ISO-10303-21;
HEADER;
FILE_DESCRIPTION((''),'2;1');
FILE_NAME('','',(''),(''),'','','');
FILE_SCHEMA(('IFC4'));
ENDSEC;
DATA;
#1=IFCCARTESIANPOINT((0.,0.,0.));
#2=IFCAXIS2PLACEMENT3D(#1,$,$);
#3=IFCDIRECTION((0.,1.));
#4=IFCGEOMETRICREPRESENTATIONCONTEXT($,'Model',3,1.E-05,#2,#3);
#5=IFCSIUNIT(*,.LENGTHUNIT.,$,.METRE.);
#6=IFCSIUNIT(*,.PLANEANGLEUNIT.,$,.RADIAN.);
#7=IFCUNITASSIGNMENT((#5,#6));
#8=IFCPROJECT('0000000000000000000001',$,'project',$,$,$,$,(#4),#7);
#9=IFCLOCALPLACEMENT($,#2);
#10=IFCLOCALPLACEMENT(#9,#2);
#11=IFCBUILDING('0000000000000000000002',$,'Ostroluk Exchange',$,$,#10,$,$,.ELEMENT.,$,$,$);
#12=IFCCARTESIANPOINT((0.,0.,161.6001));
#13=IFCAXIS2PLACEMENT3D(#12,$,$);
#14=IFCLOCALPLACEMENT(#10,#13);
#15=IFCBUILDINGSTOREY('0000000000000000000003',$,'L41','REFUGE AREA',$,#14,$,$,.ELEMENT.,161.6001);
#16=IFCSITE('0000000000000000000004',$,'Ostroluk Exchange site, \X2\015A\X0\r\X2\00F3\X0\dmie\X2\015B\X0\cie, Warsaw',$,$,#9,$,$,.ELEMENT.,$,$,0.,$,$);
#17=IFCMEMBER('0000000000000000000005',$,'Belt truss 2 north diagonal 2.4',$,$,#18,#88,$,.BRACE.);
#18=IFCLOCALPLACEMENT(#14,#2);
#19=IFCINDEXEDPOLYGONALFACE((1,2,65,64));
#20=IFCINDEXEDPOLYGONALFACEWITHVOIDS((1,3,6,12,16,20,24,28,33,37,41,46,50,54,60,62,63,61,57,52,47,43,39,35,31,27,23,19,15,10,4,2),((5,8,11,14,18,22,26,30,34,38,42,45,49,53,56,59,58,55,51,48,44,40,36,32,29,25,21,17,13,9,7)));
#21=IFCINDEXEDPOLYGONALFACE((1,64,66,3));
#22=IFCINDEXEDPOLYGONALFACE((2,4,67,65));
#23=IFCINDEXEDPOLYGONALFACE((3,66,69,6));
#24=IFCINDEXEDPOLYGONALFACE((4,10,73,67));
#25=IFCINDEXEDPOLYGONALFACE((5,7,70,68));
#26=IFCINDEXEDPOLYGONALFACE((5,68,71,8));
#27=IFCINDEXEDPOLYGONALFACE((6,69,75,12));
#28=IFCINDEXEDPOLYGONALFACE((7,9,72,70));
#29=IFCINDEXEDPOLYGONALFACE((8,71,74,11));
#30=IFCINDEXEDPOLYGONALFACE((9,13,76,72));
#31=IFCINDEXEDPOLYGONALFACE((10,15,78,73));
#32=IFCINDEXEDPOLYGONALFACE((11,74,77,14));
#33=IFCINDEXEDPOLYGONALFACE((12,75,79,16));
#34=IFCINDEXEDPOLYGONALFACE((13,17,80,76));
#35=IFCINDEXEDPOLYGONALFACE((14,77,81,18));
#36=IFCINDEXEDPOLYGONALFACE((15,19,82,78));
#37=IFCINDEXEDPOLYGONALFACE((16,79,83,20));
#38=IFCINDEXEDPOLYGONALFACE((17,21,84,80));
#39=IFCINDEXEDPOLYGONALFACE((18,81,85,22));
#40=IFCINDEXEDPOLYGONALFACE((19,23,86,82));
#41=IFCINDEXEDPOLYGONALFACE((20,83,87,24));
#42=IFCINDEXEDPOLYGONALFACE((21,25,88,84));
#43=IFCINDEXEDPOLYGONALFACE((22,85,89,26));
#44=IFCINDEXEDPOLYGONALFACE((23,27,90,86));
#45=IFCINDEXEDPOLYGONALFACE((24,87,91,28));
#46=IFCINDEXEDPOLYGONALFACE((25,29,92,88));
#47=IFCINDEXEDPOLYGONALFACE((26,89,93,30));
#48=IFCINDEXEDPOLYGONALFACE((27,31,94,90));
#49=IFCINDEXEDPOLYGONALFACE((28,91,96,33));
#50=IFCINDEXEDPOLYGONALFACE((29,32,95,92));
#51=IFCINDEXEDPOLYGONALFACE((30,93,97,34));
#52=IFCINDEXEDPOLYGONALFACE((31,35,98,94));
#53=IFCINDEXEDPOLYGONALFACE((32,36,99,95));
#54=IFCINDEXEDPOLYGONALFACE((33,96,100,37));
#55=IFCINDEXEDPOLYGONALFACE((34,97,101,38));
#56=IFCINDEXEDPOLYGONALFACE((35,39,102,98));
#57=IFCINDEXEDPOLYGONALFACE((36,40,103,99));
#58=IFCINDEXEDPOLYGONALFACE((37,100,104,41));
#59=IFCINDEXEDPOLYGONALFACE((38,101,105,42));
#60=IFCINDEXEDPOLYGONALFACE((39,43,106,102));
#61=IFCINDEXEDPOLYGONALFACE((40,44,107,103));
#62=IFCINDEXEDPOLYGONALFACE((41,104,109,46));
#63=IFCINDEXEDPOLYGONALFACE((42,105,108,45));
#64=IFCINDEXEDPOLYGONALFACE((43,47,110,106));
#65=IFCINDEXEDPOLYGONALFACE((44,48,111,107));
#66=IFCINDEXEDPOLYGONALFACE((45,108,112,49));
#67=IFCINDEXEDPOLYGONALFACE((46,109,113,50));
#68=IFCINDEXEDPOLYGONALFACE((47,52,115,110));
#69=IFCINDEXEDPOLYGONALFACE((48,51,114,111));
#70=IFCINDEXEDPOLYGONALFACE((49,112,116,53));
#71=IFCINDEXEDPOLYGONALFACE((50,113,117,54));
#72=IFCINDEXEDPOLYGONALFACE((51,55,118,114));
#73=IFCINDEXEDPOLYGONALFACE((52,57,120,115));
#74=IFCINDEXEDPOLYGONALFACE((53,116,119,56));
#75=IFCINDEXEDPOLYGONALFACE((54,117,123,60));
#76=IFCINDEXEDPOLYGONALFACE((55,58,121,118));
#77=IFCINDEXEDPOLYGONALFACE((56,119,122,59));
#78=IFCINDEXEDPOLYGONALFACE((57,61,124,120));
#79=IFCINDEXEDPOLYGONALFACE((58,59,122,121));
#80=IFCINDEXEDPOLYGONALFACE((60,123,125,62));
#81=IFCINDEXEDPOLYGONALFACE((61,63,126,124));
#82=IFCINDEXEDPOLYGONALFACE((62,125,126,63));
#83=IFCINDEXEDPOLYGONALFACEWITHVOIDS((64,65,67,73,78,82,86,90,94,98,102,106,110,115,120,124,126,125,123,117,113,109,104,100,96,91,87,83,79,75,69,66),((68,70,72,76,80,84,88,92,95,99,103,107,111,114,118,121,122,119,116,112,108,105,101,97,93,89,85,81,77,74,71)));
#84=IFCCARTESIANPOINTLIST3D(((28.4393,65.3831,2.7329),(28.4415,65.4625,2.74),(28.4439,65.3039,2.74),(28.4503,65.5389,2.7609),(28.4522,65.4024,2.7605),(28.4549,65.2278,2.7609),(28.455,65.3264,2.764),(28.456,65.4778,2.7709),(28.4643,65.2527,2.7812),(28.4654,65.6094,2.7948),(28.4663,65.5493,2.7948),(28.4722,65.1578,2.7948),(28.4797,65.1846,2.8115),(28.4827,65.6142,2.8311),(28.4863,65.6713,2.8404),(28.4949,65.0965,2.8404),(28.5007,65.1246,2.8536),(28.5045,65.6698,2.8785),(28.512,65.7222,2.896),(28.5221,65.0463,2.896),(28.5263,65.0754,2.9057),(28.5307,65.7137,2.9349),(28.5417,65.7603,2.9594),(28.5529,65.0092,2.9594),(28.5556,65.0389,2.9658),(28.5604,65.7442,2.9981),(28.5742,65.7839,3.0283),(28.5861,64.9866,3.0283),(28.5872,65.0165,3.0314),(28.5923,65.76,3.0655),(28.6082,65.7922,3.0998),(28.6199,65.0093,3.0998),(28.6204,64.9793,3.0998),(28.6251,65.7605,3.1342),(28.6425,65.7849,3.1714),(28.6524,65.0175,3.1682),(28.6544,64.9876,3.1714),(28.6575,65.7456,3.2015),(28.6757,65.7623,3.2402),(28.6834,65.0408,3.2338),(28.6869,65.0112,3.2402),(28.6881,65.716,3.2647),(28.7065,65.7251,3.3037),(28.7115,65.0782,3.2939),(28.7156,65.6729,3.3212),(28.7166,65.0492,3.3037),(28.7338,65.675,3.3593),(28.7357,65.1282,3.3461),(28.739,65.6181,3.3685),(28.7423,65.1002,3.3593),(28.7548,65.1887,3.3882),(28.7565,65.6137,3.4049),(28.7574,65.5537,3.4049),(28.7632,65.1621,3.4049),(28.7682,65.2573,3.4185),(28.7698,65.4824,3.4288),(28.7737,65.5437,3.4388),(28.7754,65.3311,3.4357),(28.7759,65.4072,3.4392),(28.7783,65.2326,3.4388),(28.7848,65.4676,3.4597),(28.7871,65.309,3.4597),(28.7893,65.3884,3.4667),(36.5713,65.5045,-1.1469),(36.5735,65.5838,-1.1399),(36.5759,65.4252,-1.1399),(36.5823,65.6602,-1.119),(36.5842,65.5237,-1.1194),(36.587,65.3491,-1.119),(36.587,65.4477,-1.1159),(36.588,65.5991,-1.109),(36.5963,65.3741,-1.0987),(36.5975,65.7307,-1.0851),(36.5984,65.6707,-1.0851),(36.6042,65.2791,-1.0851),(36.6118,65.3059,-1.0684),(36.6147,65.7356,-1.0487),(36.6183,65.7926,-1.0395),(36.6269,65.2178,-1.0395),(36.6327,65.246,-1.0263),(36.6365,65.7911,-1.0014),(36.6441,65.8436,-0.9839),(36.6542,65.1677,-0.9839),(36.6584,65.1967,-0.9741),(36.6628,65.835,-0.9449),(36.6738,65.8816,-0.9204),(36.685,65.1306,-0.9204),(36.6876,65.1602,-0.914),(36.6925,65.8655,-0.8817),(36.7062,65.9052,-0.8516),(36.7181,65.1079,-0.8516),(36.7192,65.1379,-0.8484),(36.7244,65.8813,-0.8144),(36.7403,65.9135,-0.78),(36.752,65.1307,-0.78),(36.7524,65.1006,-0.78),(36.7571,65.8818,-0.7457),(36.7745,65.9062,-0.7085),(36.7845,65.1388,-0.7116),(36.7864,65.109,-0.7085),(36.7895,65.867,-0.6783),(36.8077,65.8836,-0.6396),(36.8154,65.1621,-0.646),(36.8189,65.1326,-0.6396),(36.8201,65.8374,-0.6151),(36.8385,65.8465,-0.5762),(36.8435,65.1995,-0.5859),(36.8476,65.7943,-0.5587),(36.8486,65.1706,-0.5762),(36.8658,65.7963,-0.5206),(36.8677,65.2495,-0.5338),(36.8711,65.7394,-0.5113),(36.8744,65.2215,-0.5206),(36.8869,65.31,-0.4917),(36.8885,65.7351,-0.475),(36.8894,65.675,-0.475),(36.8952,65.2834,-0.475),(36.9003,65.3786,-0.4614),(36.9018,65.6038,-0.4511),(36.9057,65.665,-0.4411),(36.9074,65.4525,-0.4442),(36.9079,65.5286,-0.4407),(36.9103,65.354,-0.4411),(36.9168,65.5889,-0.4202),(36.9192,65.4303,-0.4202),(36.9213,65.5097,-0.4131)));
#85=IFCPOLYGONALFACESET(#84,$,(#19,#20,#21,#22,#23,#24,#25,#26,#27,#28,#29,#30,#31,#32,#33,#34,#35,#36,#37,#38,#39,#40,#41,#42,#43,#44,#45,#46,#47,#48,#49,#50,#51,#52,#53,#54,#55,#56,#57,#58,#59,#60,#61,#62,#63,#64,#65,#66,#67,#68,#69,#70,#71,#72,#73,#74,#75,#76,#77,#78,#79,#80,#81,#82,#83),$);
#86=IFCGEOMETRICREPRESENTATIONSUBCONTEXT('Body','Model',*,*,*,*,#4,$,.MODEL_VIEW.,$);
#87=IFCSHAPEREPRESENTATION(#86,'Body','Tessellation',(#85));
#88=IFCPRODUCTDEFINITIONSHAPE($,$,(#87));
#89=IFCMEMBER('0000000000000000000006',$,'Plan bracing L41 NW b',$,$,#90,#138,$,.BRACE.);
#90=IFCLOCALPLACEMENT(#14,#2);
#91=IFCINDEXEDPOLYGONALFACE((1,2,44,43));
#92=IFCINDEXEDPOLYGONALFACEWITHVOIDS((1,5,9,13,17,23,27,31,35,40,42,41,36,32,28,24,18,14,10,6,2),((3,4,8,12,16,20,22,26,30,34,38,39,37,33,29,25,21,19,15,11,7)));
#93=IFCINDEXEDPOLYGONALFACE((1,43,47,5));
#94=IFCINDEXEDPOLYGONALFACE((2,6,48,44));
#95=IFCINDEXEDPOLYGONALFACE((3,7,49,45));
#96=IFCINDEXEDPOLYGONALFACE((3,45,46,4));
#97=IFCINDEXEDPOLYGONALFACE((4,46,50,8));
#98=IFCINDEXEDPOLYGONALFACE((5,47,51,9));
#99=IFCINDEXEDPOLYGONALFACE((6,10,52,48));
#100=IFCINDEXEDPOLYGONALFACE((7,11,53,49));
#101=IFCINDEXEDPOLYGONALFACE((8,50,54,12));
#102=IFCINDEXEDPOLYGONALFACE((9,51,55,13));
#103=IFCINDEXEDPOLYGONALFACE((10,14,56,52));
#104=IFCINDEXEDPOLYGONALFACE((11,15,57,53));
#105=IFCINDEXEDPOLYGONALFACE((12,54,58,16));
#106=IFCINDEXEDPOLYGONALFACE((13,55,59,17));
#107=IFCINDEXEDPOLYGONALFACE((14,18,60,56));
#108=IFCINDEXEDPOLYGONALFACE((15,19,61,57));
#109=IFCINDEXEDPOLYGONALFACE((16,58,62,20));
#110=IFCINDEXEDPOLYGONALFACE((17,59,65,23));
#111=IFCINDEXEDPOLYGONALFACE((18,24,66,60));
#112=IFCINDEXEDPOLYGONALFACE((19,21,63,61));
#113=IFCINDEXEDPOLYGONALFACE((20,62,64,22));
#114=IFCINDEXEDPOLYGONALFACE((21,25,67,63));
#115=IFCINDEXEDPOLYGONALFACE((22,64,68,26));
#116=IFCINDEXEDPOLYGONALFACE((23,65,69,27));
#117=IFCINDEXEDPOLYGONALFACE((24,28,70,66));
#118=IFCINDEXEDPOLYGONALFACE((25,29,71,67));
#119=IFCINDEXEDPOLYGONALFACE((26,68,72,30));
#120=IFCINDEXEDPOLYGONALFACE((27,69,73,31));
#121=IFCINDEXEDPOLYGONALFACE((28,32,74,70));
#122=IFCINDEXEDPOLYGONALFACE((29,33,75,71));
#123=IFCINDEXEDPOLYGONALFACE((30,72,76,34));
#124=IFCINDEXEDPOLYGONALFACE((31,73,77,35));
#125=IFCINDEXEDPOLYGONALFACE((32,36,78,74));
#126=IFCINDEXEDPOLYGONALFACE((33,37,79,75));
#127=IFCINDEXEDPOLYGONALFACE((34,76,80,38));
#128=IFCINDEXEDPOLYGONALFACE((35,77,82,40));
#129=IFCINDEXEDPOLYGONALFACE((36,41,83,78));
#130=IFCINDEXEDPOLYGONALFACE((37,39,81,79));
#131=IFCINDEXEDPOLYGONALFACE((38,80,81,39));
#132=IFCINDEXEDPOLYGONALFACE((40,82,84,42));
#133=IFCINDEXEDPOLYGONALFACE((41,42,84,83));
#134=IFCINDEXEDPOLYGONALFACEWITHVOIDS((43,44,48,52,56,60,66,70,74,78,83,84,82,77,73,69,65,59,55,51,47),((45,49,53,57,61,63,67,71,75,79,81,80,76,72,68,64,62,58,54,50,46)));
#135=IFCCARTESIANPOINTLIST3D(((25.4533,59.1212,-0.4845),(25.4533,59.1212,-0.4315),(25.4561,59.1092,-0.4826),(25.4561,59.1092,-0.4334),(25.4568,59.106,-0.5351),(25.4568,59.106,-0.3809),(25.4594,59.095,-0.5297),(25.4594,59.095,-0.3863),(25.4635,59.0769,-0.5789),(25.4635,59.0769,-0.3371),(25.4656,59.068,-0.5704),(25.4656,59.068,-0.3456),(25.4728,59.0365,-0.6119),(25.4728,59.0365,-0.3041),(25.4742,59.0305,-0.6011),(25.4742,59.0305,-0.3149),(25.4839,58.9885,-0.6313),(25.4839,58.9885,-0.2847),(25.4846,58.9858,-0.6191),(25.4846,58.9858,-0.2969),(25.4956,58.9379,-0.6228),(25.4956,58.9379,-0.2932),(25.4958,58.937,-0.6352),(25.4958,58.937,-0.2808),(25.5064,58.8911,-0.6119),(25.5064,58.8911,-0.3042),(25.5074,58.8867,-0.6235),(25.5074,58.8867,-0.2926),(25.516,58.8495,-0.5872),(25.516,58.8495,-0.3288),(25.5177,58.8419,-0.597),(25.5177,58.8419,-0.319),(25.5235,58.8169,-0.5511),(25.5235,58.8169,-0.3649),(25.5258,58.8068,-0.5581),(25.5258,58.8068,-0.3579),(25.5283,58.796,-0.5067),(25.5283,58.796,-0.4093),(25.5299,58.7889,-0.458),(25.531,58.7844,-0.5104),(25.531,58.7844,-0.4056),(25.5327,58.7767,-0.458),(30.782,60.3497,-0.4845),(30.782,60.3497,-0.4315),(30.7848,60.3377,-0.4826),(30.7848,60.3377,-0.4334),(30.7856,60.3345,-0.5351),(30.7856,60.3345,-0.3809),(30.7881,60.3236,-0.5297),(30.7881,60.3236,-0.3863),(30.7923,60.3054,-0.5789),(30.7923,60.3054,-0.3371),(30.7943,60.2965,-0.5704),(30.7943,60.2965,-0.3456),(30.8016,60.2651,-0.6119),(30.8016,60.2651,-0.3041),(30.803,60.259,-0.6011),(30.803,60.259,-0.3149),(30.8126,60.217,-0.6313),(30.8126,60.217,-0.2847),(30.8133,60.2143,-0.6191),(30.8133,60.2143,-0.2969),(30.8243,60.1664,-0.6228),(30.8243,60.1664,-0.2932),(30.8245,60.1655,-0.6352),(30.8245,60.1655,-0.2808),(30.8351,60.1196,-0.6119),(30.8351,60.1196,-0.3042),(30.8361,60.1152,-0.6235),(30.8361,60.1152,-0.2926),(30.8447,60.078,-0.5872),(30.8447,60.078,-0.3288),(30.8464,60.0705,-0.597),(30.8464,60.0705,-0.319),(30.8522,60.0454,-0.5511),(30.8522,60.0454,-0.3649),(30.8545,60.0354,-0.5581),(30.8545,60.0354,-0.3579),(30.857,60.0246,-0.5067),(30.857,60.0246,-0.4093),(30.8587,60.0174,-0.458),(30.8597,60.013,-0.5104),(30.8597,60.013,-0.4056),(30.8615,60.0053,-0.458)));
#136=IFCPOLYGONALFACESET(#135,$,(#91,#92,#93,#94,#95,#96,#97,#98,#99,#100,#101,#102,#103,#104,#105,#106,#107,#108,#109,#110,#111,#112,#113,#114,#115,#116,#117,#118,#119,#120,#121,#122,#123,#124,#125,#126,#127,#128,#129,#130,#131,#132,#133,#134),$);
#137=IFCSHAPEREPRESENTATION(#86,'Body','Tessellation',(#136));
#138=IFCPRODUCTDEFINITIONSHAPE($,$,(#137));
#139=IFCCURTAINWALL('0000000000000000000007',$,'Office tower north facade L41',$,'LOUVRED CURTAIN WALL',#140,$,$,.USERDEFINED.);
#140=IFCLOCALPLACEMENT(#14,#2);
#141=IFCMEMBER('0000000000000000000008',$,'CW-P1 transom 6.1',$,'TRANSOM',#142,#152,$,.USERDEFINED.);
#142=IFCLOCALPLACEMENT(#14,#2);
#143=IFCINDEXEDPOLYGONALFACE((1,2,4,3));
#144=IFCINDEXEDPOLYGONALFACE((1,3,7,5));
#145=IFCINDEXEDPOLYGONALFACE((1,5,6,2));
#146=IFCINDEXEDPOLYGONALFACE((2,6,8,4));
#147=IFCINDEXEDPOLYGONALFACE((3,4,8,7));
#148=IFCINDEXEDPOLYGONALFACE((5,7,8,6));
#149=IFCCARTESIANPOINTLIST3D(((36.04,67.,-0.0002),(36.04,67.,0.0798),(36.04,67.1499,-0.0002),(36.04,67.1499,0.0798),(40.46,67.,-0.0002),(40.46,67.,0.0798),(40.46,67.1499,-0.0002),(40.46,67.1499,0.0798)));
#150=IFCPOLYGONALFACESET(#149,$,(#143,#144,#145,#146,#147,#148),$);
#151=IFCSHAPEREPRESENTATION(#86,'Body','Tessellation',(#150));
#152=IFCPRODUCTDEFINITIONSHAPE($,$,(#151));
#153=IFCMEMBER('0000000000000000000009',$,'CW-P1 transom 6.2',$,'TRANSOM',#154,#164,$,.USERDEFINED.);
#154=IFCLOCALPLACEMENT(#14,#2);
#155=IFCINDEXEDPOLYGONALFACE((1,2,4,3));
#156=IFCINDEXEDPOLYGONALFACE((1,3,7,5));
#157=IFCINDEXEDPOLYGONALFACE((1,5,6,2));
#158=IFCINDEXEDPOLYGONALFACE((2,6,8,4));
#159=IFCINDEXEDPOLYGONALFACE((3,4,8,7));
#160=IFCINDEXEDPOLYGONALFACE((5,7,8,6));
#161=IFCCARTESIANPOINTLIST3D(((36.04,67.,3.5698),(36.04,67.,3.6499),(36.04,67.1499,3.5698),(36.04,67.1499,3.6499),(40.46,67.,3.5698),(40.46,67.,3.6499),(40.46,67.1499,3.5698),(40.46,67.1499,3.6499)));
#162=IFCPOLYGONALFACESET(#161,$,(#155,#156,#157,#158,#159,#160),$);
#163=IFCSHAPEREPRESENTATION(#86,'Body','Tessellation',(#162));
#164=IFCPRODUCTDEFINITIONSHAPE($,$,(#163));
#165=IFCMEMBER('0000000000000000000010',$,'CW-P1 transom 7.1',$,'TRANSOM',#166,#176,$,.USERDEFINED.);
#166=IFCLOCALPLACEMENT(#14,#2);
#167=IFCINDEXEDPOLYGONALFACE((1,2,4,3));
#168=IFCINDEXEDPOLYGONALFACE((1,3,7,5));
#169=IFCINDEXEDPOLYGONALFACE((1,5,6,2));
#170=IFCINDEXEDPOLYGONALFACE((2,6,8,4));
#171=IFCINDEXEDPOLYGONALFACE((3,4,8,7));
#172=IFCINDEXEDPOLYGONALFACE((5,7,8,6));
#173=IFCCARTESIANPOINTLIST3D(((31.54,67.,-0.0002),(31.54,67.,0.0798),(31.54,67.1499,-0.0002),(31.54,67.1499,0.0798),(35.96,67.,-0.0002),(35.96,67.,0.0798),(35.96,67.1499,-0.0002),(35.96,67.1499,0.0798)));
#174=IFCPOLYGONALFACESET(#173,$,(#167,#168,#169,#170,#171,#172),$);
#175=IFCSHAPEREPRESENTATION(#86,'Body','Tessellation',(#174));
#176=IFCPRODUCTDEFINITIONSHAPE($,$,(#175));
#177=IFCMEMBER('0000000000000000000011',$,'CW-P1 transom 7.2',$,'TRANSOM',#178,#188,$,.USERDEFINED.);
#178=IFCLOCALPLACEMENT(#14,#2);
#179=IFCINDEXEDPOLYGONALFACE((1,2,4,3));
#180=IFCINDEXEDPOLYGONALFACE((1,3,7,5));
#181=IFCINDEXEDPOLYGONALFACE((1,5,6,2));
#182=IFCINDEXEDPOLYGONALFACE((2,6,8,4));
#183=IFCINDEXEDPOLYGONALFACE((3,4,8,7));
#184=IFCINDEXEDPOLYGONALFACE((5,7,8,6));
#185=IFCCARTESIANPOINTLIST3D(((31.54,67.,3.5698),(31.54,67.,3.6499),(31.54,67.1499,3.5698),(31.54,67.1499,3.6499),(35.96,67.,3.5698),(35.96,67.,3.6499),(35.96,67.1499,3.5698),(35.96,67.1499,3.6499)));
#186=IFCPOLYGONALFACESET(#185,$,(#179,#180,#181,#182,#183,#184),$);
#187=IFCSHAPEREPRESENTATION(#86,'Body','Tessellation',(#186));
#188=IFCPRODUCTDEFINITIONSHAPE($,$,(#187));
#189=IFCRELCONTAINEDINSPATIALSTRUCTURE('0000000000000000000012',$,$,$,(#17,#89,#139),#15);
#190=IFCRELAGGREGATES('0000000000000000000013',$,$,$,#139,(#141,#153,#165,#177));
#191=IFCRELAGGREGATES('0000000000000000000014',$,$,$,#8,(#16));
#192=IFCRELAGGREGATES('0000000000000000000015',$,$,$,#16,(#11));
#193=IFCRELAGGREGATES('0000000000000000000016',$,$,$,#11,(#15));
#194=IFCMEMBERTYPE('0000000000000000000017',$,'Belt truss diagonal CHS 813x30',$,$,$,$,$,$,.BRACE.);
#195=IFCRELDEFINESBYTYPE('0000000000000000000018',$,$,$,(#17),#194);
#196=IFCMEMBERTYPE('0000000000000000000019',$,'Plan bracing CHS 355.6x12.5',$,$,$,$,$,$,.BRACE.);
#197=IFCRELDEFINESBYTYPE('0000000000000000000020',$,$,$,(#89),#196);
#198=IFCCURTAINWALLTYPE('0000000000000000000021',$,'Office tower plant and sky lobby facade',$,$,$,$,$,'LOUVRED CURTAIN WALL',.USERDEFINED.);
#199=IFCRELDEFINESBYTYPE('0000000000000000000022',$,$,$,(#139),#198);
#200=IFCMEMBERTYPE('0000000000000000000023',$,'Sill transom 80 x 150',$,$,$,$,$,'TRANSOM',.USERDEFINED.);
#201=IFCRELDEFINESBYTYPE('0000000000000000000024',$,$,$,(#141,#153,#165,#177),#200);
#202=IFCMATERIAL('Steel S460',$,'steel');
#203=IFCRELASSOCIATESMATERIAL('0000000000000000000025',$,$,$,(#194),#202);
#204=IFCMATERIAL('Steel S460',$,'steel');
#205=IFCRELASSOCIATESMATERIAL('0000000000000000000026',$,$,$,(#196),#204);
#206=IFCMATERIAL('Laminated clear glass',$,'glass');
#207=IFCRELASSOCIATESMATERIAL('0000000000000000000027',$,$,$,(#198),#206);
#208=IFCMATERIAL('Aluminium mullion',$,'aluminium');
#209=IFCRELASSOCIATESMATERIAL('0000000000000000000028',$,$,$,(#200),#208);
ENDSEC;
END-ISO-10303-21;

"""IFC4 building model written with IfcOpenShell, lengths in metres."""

from ifc_helpers import new_model, si_unit, direction, frame, origin, origin_2d, place, context, subcontext, project, spatial, rectangle, hollow_circle, extrude, material, material_profile, profile_set, type_object, element, aggregate, save


model = new_model("IFC4")

# Units and contexts
model_context = context("Model", 3, precision=1e-05, world=origin(), true_north=direction((0.0, 1.0)))
body_context = subcontext(model_context, "Body", "Model", "MODEL_VIEW")
ifc_project = project(units=[si_unit("LENGTHUNIT", "METRE"), si_unit("PLANEANGLEUNIT", "RADIAN")], contexts=[model_context])

# Site, building, storey
site_placement = place(None, origin())
site = spatial("IfcSite", under=ifc_project, at=site_placement, Name="Ostroluk Exchange site, Śródmieście, Warsaw", CompositionType="ELEMENT", RefElevation=0.0)
building_placement = place(site_placement, origin())
building = spatial("IfcBuilding", under=site, at=building_placement, Name="Ostroluk Exchange", CompositionType="ELEMENT")
storey_placement = place(building_placement, frame((0.0, 0.0, 161.6001)))
storey = spatial("IfcBuildingStorey", under=building, at=storey_placement, Name="L41", Description="REFUGE AREA", CompositionType="ELEMENT", Elevation=161.6001)

# Members
ifc_material_1 = material(Name="Steel S460", Category="steel")
ifc_material_profile_1 = material_profile(ifc_material_1, hollow_circle(Radius=0.4065, WallThickness=0.03, at=origin_2d()), Name="CHS 813x30")
ifc_profile_set_1 = profile_set([ifc_material_profile_1], Name="Steel S460")
member_type_1 = type_object("IfcMemberType", Name="Belt truss diagonal CHS 813x30", PredefinedType="BRACE", material=ifc_profile_set_1)
member_1_placement = place(storey_placement, frame((36.7463, 65.5071, -0.78), z_axis=(-0.902457, -0.013465, 0.43057), x_axis=(0.014919, -0.999889, 0.0)))
element("IfcMember", 1, at=member_1_placement, inside=storey, type_object=member_type_1, Name="Belt truss 2 north diagonal 2.4", PredefinedType="BRACE", context=body_context, shape_type="SweptSolid", body=[
    extrude(hollow_circle(Radius=0.4065, WallThickness=0.03, at=origin_2d()), origin(), (0.0, 0.0, 1.0), 9.011),
])
ifc_material_2 = material(Name="Steel S460", Category="steel")
ifc_material_profile_2 = material_profile(ifc_material_2, hollow_circle(Radius=0.1777, WallThickness=0.0125, at=origin_2d()), Name="CHS 355.6x12.5")
ifc_profile_set_2 = profile_set([ifc_material_profile_2], Name="Steel S460")
member_type_2 = type_object("IfcMemberType", Name="Plan bracing CHS 355.6x12.5", PredefinedType="BRACE", material=ifc_profile_set_2)
member_2_placement = place(storey_placement, frame((30.8215, 60.1785, -0.458), z_axis=(-0.974438, -0.224657, 0.0), x_axis=(0.224657, -0.974438, 0.0)))
element("IfcMember", 2, at=member_2_placement, inside=storey, type_object=member_type_2, Name="Plan bracing L41 NW b", PredefinedType="BRACE", context=body_context, shape_type="SweptSolid", body=[
    extrude(hollow_circle(Radius=0.1777, WallThickness=0.0125, at=origin_2d()), origin(), (0.0, 0.0, 1.0), 5.4685),
])

# Curtain wall, members
ifc_material_3 = material(Name="Laminated clear glass", Category="glass")
curtain_wall_type = type_object("IfcCurtainWallType", Name="Office tower plant and sky lobby facade", ElementType="LOUVRED CURTAIN WALL", PredefinedType="USERDEFINED", material=ifc_material_3)
curtain_wall_placement = place(storey_placement, origin())
curtain_wall = element("IfcCurtainWall", 3, at=curtain_wall_placement, inside=storey, type_object=curtain_wall_type, Name="Office tower north facade L41", ObjectType="LOUVRED CURTAIN WALL", PredefinedType="USERDEFINED")
ifc_material_4 = material(Name="Aluminium mullion", Category="aluminium")
ifc_material_profile_3 = material_profile(ifc_material_4, rectangle(XDim=0.1499, YDim=0.0801, at=origin_2d()), Name="Sill transom 80 x 150")
ifc_profile_set_3 = profile_set([ifc_material_profile_3], Name="Aluminium mullion")
member_type_3 = type_object("IfcMemberType", Name="Sill transom 80 x 150", ElementType="TRANSOM", PredefinedType="USERDEFINED", material=ifc_profile_set_3)
member_3_placement = place(storey_placement, frame((40.46, 67.075, 0.0398), z_axis=(-1.0, 0.0, 0.0), x_axis=(0.0, -1.0, 0.0)))
member_3 = element("IfcMember", 4, at=member_3_placement, type_object=member_type_3, Name="CW-P1 transom 6.1", ObjectType="TRANSOM", PredefinedType="USERDEFINED", context=body_context, shape_type="SweptSolid", body=[
    extrude(rectangle(XDim=0.1499, YDim=0.0801, at=origin_2d()), origin(), (0.0, 0.0, 1.0), 4.4199),
])
member_4_placement = place(storey_placement, frame((40.46, 67.075, 3.6099), z_axis=(-1.0, 0.0, 0.0), x_axis=(0.0, -1.0, 0.0)))
member_4 = element("IfcMember", 5, at=member_4_placement, type_object=member_type_3, Name="CW-P1 transom 6.2", ObjectType="TRANSOM", PredefinedType="USERDEFINED", context=body_context, shape_type="SweptSolid", body=[
    extrude(rectangle(XDim=0.1499, YDim=0.0801, at=origin_2d()), origin(), (0.0, 0.0, 1.0), 4.4199),
])
member_5_placement = place(storey_placement, frame((35.96, 67.075, 0.0398), z_axis=(-1.0, 0.0, 0.0), x_axis=(0.0, -1.0, 0.0)))
member_5 = element("IfcMember", 6, at=member_5_placement, type_object=member_type_3, Name="CW-P1 transom 7.1", ObjectType="TRANSOM", PredefinedType="USERDEFINED", context=body_context, shape_type="SweptSolid", body=[
    extrude(rectangle(XDim=0.1499, YDim=0.0801, at=origin_2d()), origin(), (0.0, 0.0, 1.0), 4.4199),
])
member_6_placement = place(storey_placement, frame((35.96, 67.075, 3.6099), z_axis=(-1.0, 0.0, 0.0), x_axis=(0.0, -1.0, 0.0)))
member_6 = element("IfcMember", 7, at=member_6_placement, type_object=member_type_3, Name="CW-P1 transom 7.2", ObjectType="TRANSOM", PredefinedType="USERDEFINED", context=body_context, shape_type="SweptSolid", body=[
    extrude(rectangle(XDim=0.1499, YDim=0.0801, at=origin_2d()), origin(), (0.0, 0.0, 1.0), 4.4199),
])
aggregate(curtain_wall, [member_3, member_4, member_5, member_6])

save(model, "model.ifc")
